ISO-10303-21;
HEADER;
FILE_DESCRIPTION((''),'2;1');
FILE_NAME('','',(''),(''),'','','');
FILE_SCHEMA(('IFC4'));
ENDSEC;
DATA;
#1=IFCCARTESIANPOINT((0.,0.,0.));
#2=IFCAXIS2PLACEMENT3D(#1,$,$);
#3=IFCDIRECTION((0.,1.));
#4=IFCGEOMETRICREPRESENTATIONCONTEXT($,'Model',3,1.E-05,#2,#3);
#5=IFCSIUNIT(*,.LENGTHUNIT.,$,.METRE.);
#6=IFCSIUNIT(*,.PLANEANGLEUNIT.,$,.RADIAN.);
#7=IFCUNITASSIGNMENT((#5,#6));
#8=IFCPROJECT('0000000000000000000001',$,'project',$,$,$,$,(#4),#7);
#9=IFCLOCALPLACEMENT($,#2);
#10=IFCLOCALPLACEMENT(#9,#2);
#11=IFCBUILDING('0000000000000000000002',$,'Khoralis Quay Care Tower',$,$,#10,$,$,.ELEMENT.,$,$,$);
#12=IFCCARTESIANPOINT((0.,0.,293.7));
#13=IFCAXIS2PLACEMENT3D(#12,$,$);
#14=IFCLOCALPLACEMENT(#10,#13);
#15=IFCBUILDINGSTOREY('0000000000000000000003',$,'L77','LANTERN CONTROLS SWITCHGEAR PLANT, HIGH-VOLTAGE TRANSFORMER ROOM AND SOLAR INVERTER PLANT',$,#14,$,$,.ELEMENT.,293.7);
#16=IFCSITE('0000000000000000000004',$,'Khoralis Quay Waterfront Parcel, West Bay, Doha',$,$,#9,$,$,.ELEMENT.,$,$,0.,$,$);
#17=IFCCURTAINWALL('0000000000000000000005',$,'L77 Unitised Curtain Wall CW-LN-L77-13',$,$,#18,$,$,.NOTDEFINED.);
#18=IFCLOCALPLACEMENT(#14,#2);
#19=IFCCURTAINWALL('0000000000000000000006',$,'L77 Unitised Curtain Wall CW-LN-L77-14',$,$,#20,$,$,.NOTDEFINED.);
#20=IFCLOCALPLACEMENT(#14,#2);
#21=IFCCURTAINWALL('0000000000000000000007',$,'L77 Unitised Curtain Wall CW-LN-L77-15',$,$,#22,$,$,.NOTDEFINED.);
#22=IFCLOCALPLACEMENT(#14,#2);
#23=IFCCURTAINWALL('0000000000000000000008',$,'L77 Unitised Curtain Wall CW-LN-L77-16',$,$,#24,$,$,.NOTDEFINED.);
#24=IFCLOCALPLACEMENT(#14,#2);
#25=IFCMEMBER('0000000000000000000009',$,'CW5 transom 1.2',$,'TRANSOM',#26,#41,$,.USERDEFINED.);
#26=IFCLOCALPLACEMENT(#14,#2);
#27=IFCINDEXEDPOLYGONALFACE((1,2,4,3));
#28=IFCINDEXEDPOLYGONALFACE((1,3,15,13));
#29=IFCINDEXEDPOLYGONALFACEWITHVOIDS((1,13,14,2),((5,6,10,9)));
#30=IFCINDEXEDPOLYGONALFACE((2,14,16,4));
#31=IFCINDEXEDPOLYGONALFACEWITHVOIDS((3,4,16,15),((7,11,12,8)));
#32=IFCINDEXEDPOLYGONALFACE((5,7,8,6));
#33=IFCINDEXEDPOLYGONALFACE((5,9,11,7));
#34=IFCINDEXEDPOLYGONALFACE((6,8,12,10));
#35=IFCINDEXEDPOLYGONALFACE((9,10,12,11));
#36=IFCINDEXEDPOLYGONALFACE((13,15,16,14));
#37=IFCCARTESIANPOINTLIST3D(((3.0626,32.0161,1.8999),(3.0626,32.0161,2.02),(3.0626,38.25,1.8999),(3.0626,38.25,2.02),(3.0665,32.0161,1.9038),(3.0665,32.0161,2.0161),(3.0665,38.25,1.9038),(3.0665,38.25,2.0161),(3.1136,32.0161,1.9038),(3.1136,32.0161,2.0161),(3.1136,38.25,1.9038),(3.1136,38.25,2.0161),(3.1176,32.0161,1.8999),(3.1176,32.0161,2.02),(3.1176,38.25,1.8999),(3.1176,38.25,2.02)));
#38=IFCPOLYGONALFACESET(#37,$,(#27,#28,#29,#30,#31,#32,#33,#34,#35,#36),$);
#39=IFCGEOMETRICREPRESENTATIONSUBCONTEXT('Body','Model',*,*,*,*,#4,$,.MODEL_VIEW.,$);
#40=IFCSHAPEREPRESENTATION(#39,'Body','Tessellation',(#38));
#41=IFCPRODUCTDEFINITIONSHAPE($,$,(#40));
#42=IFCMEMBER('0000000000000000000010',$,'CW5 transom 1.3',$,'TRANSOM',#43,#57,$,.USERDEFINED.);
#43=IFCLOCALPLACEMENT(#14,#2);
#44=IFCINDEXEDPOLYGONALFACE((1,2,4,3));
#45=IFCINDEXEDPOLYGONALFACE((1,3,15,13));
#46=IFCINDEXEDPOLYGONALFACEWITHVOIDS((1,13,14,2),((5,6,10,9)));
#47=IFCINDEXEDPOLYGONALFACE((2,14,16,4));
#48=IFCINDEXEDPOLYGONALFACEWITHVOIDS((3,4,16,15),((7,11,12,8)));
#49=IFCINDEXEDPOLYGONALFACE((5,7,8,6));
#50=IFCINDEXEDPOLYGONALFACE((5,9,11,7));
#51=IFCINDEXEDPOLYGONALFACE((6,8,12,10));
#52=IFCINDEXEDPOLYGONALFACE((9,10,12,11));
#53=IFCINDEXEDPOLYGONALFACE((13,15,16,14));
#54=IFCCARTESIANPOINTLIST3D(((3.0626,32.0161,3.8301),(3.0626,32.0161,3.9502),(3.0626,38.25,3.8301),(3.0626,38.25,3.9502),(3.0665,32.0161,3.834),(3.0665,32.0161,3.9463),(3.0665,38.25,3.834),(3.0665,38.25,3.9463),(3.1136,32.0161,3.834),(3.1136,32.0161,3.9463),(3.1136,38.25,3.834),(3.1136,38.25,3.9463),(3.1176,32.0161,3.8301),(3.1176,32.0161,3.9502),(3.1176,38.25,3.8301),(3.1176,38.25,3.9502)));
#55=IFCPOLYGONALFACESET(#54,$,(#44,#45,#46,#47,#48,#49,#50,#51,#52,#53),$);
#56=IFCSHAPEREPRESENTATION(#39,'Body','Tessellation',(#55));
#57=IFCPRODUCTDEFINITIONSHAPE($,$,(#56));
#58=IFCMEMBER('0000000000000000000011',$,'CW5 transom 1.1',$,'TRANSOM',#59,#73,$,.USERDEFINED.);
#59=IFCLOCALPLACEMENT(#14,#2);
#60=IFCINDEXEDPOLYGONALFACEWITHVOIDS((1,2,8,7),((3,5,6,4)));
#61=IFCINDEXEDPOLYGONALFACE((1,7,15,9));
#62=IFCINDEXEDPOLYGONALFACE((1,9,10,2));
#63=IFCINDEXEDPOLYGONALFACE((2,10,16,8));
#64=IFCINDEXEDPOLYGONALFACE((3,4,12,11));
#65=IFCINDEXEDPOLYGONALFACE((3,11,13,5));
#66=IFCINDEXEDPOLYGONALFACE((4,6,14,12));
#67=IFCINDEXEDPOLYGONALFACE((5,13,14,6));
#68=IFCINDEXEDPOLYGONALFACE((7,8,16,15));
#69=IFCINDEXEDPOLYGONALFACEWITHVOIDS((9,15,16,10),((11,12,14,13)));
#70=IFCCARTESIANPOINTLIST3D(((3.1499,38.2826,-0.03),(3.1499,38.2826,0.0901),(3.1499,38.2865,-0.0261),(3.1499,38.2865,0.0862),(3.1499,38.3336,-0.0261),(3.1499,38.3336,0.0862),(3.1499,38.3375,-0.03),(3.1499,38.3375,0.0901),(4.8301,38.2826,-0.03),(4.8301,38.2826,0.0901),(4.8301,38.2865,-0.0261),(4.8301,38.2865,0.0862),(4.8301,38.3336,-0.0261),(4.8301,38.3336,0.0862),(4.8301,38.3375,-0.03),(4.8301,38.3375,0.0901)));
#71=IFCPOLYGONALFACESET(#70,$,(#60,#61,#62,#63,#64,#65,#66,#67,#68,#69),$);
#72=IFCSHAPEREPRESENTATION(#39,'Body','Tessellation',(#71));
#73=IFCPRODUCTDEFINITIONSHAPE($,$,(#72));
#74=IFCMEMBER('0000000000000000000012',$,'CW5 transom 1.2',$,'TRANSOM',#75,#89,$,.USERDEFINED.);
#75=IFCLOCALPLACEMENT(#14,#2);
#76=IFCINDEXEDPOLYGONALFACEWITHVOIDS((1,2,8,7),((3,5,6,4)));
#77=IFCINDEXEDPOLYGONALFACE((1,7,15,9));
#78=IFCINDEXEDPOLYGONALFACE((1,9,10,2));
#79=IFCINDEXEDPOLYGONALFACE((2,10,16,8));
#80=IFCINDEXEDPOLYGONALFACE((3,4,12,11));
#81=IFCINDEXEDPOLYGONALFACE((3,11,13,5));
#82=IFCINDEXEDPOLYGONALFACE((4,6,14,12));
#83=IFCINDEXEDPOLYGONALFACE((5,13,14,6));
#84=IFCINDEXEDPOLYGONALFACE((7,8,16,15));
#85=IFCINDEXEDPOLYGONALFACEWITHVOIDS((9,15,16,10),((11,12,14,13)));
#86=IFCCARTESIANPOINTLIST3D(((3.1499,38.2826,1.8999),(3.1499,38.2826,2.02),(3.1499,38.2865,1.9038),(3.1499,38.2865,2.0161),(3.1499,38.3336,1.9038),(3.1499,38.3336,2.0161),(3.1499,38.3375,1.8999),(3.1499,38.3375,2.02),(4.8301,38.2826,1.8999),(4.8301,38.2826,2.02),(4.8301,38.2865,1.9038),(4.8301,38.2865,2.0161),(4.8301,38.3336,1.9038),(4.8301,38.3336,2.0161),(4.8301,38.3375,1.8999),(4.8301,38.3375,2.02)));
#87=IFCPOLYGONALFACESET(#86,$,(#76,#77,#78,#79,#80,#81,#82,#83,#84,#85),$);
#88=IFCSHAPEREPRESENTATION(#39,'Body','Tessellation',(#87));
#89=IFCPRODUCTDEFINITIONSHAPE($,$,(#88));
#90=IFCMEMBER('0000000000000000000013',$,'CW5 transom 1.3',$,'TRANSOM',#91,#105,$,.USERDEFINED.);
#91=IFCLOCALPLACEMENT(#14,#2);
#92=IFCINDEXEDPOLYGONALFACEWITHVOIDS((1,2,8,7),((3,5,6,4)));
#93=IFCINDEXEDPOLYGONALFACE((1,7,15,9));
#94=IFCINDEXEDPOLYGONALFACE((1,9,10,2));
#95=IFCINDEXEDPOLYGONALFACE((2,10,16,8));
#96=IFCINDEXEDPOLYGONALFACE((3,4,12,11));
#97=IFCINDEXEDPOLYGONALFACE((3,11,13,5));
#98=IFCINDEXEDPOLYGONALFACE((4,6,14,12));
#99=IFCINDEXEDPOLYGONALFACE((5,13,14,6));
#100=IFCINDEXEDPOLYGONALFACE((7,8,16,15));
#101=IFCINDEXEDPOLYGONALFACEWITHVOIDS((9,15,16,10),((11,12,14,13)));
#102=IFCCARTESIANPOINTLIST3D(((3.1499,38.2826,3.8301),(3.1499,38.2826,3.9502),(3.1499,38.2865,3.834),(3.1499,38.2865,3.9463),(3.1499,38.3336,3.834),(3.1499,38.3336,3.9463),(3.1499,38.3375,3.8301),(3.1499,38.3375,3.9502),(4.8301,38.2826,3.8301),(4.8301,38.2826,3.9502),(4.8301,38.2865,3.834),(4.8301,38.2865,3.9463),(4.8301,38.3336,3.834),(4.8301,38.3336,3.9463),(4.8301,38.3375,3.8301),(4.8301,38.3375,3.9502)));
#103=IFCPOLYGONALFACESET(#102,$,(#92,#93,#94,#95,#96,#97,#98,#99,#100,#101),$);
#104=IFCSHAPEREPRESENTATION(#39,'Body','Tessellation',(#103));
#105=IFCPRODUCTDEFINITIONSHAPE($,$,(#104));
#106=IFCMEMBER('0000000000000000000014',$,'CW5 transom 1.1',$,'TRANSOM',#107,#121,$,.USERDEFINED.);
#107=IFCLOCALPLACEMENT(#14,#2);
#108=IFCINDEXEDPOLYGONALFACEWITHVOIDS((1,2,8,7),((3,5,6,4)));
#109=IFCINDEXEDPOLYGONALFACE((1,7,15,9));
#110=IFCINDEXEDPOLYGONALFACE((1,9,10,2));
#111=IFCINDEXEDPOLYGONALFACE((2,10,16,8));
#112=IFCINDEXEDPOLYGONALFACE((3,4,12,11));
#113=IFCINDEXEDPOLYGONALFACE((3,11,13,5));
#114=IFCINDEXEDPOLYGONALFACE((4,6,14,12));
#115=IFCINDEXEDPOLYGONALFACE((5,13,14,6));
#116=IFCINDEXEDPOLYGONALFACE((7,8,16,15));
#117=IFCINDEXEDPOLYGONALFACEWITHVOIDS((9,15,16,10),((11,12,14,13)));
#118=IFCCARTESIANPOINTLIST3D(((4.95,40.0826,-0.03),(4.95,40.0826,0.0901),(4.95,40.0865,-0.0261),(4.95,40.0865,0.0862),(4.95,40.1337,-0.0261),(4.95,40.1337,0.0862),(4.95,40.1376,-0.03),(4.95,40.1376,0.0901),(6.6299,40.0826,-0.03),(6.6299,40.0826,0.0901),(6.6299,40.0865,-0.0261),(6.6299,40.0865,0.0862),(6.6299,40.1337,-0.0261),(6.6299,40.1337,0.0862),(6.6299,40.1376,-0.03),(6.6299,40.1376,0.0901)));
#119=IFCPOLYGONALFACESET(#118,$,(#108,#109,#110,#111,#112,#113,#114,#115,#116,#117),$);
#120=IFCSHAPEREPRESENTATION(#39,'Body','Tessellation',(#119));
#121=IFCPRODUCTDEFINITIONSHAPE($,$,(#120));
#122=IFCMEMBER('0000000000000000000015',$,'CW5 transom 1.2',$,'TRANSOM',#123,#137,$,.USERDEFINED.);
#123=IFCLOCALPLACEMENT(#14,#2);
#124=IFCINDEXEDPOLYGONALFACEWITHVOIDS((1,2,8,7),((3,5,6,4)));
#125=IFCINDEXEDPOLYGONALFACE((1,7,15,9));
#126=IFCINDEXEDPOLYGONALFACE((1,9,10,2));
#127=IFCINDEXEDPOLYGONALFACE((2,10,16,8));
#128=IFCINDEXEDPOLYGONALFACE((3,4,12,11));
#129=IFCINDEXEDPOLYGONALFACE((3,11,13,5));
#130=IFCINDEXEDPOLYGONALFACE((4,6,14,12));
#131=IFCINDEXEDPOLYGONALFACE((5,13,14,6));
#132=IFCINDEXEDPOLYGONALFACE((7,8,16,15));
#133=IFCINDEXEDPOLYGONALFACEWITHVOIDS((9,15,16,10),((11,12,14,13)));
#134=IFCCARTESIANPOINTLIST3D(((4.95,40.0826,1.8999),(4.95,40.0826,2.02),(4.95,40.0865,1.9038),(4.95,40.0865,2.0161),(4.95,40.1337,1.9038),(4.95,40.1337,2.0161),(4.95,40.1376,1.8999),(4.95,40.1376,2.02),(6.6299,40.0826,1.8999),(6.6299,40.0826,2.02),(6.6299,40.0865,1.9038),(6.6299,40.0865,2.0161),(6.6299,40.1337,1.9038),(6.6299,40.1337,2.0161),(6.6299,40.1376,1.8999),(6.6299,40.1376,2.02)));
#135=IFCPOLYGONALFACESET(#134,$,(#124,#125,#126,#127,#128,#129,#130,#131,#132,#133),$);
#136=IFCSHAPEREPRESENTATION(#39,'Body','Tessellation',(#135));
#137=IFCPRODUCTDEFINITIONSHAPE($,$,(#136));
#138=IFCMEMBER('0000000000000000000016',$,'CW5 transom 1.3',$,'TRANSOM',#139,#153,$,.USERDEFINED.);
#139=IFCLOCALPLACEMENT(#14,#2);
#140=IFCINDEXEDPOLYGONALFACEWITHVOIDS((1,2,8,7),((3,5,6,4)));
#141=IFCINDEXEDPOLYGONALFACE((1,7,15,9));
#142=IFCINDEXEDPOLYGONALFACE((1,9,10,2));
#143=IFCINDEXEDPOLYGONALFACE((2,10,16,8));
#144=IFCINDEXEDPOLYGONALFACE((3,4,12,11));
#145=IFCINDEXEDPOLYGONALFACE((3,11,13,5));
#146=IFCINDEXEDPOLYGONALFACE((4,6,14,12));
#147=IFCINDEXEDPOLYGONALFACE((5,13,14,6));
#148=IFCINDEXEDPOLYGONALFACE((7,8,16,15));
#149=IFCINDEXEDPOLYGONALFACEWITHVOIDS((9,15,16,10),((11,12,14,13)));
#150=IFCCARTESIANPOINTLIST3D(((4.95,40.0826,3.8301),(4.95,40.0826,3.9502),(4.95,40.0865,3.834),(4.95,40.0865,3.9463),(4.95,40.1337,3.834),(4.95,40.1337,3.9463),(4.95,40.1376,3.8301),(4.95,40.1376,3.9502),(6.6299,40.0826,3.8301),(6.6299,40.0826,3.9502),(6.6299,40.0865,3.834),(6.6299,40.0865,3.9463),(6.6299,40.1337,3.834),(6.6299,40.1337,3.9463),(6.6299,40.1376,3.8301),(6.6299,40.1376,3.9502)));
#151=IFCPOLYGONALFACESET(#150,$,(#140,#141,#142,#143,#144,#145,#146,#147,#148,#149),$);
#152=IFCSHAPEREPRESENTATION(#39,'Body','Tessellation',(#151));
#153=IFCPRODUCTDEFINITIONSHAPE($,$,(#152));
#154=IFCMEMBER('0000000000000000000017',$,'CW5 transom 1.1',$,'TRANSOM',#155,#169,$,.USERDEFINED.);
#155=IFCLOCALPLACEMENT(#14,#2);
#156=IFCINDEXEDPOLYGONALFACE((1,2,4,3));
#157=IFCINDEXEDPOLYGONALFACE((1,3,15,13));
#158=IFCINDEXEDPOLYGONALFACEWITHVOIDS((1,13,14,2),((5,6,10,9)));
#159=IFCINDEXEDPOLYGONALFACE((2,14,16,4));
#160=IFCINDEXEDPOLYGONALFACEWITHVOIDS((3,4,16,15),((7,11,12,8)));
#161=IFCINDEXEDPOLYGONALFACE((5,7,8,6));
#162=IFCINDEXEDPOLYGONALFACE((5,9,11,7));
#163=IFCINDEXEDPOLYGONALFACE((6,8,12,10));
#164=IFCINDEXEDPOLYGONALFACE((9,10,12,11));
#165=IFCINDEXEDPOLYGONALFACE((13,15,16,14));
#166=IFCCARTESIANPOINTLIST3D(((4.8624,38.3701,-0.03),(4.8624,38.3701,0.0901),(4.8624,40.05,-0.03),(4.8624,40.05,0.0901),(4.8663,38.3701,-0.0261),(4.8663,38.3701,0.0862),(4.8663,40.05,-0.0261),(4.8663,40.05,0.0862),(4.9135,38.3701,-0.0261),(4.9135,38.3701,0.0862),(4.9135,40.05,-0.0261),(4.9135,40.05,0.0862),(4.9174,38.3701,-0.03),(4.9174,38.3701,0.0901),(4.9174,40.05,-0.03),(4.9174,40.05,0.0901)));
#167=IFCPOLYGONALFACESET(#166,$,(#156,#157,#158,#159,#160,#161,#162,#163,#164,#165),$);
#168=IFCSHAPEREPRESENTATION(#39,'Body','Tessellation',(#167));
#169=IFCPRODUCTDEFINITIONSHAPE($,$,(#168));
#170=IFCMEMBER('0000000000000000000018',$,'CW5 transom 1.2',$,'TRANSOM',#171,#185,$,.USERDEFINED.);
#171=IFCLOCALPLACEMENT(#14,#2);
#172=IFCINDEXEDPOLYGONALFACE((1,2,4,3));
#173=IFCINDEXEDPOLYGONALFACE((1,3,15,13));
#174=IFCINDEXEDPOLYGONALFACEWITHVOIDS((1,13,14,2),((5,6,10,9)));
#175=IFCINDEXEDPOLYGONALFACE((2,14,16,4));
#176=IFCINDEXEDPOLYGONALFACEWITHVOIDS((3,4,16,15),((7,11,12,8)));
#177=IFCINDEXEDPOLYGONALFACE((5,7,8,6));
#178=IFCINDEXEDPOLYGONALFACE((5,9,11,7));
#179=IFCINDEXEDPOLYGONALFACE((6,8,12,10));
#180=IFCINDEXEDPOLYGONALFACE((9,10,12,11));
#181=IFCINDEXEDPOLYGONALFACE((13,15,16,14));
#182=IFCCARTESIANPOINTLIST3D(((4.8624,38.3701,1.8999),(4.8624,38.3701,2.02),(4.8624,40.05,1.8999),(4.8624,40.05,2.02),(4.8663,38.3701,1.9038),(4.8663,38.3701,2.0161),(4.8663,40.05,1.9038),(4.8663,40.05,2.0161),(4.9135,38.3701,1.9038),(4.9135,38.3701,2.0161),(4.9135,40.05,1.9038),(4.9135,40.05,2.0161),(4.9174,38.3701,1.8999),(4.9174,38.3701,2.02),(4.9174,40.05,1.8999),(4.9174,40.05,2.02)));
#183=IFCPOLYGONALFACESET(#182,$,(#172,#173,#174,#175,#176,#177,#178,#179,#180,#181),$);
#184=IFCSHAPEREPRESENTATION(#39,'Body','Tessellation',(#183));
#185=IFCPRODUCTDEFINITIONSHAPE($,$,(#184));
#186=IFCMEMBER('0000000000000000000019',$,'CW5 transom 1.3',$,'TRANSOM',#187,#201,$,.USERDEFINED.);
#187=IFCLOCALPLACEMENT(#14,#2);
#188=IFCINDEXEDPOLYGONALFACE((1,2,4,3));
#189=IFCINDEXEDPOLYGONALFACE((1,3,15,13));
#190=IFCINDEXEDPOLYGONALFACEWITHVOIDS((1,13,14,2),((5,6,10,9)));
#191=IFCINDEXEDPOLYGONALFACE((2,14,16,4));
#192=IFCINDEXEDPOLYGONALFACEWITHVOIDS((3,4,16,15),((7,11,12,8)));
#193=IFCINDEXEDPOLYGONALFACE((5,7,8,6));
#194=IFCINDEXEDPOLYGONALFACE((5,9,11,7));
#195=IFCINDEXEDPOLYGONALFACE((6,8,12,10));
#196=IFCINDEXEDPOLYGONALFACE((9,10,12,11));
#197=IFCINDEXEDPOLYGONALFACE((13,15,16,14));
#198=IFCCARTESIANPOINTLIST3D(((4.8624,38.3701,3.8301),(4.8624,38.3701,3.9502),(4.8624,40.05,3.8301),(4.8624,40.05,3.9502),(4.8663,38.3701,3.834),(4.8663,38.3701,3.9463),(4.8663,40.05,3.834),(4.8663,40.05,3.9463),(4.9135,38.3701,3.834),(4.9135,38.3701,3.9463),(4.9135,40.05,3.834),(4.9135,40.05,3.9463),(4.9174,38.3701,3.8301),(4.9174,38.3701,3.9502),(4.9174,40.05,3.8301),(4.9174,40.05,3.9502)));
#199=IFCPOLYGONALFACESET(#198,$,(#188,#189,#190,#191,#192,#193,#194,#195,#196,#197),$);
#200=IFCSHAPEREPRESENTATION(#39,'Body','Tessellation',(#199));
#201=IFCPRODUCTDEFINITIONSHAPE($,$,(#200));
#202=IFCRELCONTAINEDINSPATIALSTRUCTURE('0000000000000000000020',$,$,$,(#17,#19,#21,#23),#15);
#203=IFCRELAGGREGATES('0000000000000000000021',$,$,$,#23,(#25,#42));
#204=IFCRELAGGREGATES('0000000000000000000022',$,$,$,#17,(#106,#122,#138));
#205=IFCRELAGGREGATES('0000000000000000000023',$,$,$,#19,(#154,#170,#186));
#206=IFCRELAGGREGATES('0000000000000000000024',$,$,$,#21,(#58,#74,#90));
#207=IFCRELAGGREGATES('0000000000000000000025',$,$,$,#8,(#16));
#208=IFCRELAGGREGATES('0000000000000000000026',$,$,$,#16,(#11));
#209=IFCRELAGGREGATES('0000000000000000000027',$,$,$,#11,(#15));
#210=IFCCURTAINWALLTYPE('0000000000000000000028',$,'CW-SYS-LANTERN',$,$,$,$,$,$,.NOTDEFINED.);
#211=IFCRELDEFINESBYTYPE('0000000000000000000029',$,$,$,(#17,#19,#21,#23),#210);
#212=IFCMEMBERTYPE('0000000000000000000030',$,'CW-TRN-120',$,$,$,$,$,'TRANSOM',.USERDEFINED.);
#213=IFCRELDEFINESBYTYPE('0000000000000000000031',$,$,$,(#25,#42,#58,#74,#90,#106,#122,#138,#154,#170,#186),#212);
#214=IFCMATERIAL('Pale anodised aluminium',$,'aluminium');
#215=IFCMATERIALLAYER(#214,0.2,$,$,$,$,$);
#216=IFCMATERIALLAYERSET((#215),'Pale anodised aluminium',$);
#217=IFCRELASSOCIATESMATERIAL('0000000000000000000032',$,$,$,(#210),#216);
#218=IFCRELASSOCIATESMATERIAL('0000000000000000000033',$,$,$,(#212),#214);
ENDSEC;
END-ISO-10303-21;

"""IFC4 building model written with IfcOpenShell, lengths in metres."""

from ifc_helpers import new_model, si_unit, direction, frame, origin, origin_2d, place, context, subcontext, project, spatial, hollow_rectangle, extrude, source, transform, mapped, material, layer, layer_set, material_profile, profile_set, type_object, element, aggregate, save


model = new_model("IFC4")

# Units and contexts
model_context = context("Model", 3, precision=1e-05, world=origin(), true_north=direction((0.0, 1.0)))
body_context = subcontext(model_context, "Body", "Model", "MODEL_VIEW")
ifc_project = project(units=[si_unit("LENGTHUNIT", "METRE"), si_unit("PLANEANGLEUNIT", "RADIAN")], contexts=[model_context])

# Site, building, storey
site_placement = place(None, origin())
site = spatial("IfcSite", under=ifc_project, at=site_placement, Name="Khoralis Quay Waterfront Parcel, West Bay, Doha", CompositionType="ELEMENT", RefElevation=0.0)
building_placement = place(site_placement, origin())
building = spatial("IfcBuilding", under=site, at=building_placement, Name="Khoralis Quay Care Tower", CompositionType="ELEMENT")
storey_placement = place(building_placement, frame((0.0, 0.0, 293.7)))
storey = spatial("IfcBuildingStorey", under=building, at=storey_placement, Name="L77", Description="LANTERN CONTROLS SWITCHGEAR PLANT, HIGH-VOLTAGE TRANSFORMER ROOM AND SOLAR INVERTER PLANT", CompositionType="ELEMENT", Elevation=293.7)

# Curtain walls, members
ifc_material_1 = material(Name="Pale anodised aluminium", Category="aluminium")
ifc_layer_1 = layer(ifc_material_1, 0.2)
ifc_layer_set_1 = layer_set([ifc_layer_1], Name="Pale anodised aluminium")
curtain_wall_type = type_object("IfcCurtainWallType", Name="CW-SYS-LANTERN", PredefinedType="NOTDEFINED", material=ifc_layer_set_1)
curtain_wall_1_placement = place(storey_placement, origin())
curtain_wall_1 = element("IfcCurtainWall", 1, at=curtain_wall_1_placement, inside=storey, type_object=curtain_wall_type, Name="L77 Unitised Curtain Wall CW-LN-L77-13", PredefinedType="NOTDEFINED")
curtain_wall_2_placement = place(storey_placement, origin())
curtain_wall_2 = element("IfcCurtainWall", 2, at=curtain_wall_2_placement, inside=storey, type_object=curtain_wall_type, Name="L77 Unitised Curtain Wall CW-LN-L77-14", PredefinedType="NOTDEFINED")
curtain_wall_3_placement = place(storey_placement, origin())
curtain_wall_3 = element("IfcCurtainWall", 3, at=curtain_wall_3_placement, inside=storey, type_object=curtain_wall_type, Name="L77 Unitised Curtain Wall CW-LN-L77-15", PredefinedType="NOTDEFINED")
curtain_wall_4_placement = place(storey_placement, origin())
curtain_wall_4 = element("IfcCurtainWall", 4, at=curtain_wall_4_placement, inside=storey, type_object=curtain_wall_type, Name="L77 Unitised Curtain Wall CW-LN-L77-16", PredefinedType="NOTDEFINED")
ifc_material_profile_1 = material_profile(ifc_material_1, hollow_rectangle(XDim=0.0549, YDim=0.1201, WallThickness=0.0039, at=origin_2d()), Name="Pale anodised aluminium")
ifc_profile_set_1 = profile_set([ifc_material_profile_1], Name="Pale anodised aluminium")
member_type_1 = type_object("IfcMemberType", Name="CW-TRN-120", ElementType="TRANSOM", PredefinedType="USERDEFINED", material=ifc_profile_set_1)
shared_shape_1 = source(origin(), body_context, "Body", "SweptSolid", [
    extrude(hollow_rectangle(XDim=0.0549, YDim=0.1201, WallThickness=0.0039, at=origin_2d()), origin(), (0.0, 0.0, 1.0), 6.2339),
])
member_1_placement = place(storey_placement, frame((3.0901, 38.25, 1.96), z_axis=(0.0, -1.0, 0.0), x_axis=(1.0, 0.0, 0.0)))
member_1 = element("IfcMember", 5, at=member_1_placement, type_object=member_type_1, Name="CW5 transom 1.2", ObjectType="TRANSOM", PredefinedType="USERDEFINED", context=body_context, shape_type="MappedRepresentation", body=[
    mapped(shared_shape_1, transform((0.0, 0.0, 0.0), scale=1.0)),
])
member_2_placement = place(storey_placement, frame((3.0901, 38.25, 3.8901), z_axis=(0.0, -1.0, 0.0), x_axis=(1.0, 0.0, 0.0)))
member_2 = element("IfcMember", 6, at=member_2_placement, type_object=member_type_1, Name="CW5 transom 1.3", ObjectType="TRANSOM", PredefinedType="USERDEFINED", context=body_context, shape_type="MappedRepresentation", body=[
    mapped(shared_shape_1, transform((0.0, 0.0, 0.0), scale=1.0)),
])
aggregate(curtain_wall_4, [member_1, member_2])

# Members
shared_shape_2 = source(origin(), body_context, "Body", "SweptSolid", [
    extrude(hollow_rectangle(XDim=0.0549, YDim=0.1201, WallThickness=0.0039, at=origin_2d()), origin(), (0.0, 0.0, 1.0), 1.6802),
])
member_3_placement = place(storey_placement, frame((4.8301, 38.3101, 0.03), z_axis=(-1.0, 0.0, 0.0), x_axis=(0.0, -1.0, 0.0)))
member_3 = element("IfcMember", 7, at=member_3_placement, type_object=member_type_1, Name="CW5 transom 1.1", ObjectType="TRANSOM", PredefinedType="USERDEFINED", context=body_context, shape_type="MappedRepresentation", body=[
    mapped(shared_shape_2, transform((0.0, 0.0, 0.0), scale=1.0)),
])
member_4_placement = place(storey_placement, frame((4.8301, 38.3101, 1.96), z_axis=(-1.0, 0.0, 0.0), x_axis=(0.0, -1.0, 0.0)))
member_4 = element("IfcMember", 8, at=member_4_placement, type_object=member_type_1, Name="CW5 transom 1.2", ObjectType="TRANSOM", PredefinedType="USERDEFINED", context=body_context, shape_type="MappedRepresentation", body=[
    mapped(shared_shape_2, transform((0.0, 0.0, 0.0), scale=1.0)),
])
member_5_placement = place(storey_placement, frame((4.8301, 38.3101, 3.8901), z_axis=(-1.0, 0.0, 0.0), x_axis=(0.0, -1.0, 0.0)))
member_5 = element("IfcMember", 9, at=member_5_placement, type_object=member_type_1, Name="CW5 transom 1.3", ObjectType="TRANSOM", PredefinedType="USERDEFINED", context=body_context, shape_type="MappedRepresentation", body=[
    mapped(shared_shape_2, transform((0.0, 0.0, 0.0), scale=1.0)),
])
shared_shape_3 = source(origin(), body_context, "Body", "SweptSolid", [
    extrude(hollow_rectangle(XDim=0.0549, YDim=0.1201, WallThickness=0.0039, at=origin_2d()), origin(), (0.0, 0.0, 1.0), 1.6799),
])
member_6_placement = place(storey_placement, frame((6.6299, 40.1101, 0.03), z_axis=(-1.0, 0.0, 0.0), x_axis=(0.0, -1.0, 0.0)))
member_6 = element("IfcMember", 10, at=member_6_placement, type_object=member_type_1, Name="CW5 transom 1.1", ObjectType="TRANSOM", PredefinedType="USERDEFINED", context=body_context, shape_type="MappedRepresentation", body=[
    mapped(shared_shape_3, transform((0.0, 0.0, 0.0), scale=1.0)),
])
member_7_placement = place(storey_placement, frame((6.6299, 40.1101, 1.96), z_axis=(-1.0, 0.0, 0.0), x_axis=(0.0, -1.0, 0.0)))
member_7 = element("IfcMember", 11, at=member_7_placement, type_object=member_type_1, Name="CW5 transom 1.2", ObjectType="TRANSOM", PredefinedType="USERDEFINED", context=body_context, shape_type="MappedRepresentation", body=[
    mapped(shared_shape_3, transform((0.0, 0.0, 0.0), scale=1.0)),
])
member_8_placement = place(storey_placement, frame((6.6299, 40.1101, 3.8901), z_axis=(-1.0, 0.0, 0.0), x_axis=(0.0, -1.0, 0.0)))
member_8 = element("IfcMember", 12, at=member_8_placement, type_object=member_type_1, Name="CW5 transom 1.3", ObjectType="TRANSOM", PredefinedType="USERDEFINED", context=body_context, shape_type="MappedRepresentation", body=[
    mapped(shared_shape_3, transform((0.0, 0.0, 0.0), scale=1.0)),
])
member_9_placement = place(storey_placement, frame((4.8899, 40.05, 0.03), z_axis=(0.0, -1.0, 0.0), x_axis=(1.0, 0.0, 0.0)))
member_9 = element("IfcMember", 13, at=member_9_placement, type_object=member_type_1, Name="CW5 transom 1.1", ObjectType="TRANSOM", PredefinedType="USERDEFINED", context=body_context, shape_type="MappedRepresentation", body=[
    mapped(shared_shape_3, transform((0.0, 0.0, 0.0), scale=1.0)),
])
member_10_placement = place(storey_placement, frame((4.8899, 40.05, 1.96), z_axis=(0.0, -1.0, 0.0), x_axis=(1.0, 0.0, 0.0)))
member_10 = element("IfcMember", 14, at=member_10_placement, type_object=member_type_1, Name="CW5 transom 1.2", ObjectType="TRANSOM", PredefinedType="USERDEFINED", context=body_context, shape_type="MappedRepresentation", body=[
    mapped(shared_shape_3, transform((0.0, 0.0, 0.0), scale=1.0)),
])
member_11_placement = place(storey_placement, frame((4.8899, 40.05, 3.8901), z_axis=(0.0, -1.0, 0.0), x_axis=(1.0, 0.0, 0.0)))
member_11 = element("IfcMember", 15, at=member_11_placement, type_object=member_type_1, Name="CW5 transom 1.3", ObjectType="TRANSOM", PredefinedType="USERDEFINED", context=body_context, shape_type="MappedRepresentation", body=[
    mapped(shared_shape_3, transform((0.0, 0.0, 0.0), scale=1.0)),
])

aggregate(curtain_wall_1, [member_6, member_7, member_8])
aggregate(curtain_wall_2, [member_9, member_10, member_11])
aggregate(curtain_wall_3, [member_3, member_4, member_5])

save(model, "model.ifc")
